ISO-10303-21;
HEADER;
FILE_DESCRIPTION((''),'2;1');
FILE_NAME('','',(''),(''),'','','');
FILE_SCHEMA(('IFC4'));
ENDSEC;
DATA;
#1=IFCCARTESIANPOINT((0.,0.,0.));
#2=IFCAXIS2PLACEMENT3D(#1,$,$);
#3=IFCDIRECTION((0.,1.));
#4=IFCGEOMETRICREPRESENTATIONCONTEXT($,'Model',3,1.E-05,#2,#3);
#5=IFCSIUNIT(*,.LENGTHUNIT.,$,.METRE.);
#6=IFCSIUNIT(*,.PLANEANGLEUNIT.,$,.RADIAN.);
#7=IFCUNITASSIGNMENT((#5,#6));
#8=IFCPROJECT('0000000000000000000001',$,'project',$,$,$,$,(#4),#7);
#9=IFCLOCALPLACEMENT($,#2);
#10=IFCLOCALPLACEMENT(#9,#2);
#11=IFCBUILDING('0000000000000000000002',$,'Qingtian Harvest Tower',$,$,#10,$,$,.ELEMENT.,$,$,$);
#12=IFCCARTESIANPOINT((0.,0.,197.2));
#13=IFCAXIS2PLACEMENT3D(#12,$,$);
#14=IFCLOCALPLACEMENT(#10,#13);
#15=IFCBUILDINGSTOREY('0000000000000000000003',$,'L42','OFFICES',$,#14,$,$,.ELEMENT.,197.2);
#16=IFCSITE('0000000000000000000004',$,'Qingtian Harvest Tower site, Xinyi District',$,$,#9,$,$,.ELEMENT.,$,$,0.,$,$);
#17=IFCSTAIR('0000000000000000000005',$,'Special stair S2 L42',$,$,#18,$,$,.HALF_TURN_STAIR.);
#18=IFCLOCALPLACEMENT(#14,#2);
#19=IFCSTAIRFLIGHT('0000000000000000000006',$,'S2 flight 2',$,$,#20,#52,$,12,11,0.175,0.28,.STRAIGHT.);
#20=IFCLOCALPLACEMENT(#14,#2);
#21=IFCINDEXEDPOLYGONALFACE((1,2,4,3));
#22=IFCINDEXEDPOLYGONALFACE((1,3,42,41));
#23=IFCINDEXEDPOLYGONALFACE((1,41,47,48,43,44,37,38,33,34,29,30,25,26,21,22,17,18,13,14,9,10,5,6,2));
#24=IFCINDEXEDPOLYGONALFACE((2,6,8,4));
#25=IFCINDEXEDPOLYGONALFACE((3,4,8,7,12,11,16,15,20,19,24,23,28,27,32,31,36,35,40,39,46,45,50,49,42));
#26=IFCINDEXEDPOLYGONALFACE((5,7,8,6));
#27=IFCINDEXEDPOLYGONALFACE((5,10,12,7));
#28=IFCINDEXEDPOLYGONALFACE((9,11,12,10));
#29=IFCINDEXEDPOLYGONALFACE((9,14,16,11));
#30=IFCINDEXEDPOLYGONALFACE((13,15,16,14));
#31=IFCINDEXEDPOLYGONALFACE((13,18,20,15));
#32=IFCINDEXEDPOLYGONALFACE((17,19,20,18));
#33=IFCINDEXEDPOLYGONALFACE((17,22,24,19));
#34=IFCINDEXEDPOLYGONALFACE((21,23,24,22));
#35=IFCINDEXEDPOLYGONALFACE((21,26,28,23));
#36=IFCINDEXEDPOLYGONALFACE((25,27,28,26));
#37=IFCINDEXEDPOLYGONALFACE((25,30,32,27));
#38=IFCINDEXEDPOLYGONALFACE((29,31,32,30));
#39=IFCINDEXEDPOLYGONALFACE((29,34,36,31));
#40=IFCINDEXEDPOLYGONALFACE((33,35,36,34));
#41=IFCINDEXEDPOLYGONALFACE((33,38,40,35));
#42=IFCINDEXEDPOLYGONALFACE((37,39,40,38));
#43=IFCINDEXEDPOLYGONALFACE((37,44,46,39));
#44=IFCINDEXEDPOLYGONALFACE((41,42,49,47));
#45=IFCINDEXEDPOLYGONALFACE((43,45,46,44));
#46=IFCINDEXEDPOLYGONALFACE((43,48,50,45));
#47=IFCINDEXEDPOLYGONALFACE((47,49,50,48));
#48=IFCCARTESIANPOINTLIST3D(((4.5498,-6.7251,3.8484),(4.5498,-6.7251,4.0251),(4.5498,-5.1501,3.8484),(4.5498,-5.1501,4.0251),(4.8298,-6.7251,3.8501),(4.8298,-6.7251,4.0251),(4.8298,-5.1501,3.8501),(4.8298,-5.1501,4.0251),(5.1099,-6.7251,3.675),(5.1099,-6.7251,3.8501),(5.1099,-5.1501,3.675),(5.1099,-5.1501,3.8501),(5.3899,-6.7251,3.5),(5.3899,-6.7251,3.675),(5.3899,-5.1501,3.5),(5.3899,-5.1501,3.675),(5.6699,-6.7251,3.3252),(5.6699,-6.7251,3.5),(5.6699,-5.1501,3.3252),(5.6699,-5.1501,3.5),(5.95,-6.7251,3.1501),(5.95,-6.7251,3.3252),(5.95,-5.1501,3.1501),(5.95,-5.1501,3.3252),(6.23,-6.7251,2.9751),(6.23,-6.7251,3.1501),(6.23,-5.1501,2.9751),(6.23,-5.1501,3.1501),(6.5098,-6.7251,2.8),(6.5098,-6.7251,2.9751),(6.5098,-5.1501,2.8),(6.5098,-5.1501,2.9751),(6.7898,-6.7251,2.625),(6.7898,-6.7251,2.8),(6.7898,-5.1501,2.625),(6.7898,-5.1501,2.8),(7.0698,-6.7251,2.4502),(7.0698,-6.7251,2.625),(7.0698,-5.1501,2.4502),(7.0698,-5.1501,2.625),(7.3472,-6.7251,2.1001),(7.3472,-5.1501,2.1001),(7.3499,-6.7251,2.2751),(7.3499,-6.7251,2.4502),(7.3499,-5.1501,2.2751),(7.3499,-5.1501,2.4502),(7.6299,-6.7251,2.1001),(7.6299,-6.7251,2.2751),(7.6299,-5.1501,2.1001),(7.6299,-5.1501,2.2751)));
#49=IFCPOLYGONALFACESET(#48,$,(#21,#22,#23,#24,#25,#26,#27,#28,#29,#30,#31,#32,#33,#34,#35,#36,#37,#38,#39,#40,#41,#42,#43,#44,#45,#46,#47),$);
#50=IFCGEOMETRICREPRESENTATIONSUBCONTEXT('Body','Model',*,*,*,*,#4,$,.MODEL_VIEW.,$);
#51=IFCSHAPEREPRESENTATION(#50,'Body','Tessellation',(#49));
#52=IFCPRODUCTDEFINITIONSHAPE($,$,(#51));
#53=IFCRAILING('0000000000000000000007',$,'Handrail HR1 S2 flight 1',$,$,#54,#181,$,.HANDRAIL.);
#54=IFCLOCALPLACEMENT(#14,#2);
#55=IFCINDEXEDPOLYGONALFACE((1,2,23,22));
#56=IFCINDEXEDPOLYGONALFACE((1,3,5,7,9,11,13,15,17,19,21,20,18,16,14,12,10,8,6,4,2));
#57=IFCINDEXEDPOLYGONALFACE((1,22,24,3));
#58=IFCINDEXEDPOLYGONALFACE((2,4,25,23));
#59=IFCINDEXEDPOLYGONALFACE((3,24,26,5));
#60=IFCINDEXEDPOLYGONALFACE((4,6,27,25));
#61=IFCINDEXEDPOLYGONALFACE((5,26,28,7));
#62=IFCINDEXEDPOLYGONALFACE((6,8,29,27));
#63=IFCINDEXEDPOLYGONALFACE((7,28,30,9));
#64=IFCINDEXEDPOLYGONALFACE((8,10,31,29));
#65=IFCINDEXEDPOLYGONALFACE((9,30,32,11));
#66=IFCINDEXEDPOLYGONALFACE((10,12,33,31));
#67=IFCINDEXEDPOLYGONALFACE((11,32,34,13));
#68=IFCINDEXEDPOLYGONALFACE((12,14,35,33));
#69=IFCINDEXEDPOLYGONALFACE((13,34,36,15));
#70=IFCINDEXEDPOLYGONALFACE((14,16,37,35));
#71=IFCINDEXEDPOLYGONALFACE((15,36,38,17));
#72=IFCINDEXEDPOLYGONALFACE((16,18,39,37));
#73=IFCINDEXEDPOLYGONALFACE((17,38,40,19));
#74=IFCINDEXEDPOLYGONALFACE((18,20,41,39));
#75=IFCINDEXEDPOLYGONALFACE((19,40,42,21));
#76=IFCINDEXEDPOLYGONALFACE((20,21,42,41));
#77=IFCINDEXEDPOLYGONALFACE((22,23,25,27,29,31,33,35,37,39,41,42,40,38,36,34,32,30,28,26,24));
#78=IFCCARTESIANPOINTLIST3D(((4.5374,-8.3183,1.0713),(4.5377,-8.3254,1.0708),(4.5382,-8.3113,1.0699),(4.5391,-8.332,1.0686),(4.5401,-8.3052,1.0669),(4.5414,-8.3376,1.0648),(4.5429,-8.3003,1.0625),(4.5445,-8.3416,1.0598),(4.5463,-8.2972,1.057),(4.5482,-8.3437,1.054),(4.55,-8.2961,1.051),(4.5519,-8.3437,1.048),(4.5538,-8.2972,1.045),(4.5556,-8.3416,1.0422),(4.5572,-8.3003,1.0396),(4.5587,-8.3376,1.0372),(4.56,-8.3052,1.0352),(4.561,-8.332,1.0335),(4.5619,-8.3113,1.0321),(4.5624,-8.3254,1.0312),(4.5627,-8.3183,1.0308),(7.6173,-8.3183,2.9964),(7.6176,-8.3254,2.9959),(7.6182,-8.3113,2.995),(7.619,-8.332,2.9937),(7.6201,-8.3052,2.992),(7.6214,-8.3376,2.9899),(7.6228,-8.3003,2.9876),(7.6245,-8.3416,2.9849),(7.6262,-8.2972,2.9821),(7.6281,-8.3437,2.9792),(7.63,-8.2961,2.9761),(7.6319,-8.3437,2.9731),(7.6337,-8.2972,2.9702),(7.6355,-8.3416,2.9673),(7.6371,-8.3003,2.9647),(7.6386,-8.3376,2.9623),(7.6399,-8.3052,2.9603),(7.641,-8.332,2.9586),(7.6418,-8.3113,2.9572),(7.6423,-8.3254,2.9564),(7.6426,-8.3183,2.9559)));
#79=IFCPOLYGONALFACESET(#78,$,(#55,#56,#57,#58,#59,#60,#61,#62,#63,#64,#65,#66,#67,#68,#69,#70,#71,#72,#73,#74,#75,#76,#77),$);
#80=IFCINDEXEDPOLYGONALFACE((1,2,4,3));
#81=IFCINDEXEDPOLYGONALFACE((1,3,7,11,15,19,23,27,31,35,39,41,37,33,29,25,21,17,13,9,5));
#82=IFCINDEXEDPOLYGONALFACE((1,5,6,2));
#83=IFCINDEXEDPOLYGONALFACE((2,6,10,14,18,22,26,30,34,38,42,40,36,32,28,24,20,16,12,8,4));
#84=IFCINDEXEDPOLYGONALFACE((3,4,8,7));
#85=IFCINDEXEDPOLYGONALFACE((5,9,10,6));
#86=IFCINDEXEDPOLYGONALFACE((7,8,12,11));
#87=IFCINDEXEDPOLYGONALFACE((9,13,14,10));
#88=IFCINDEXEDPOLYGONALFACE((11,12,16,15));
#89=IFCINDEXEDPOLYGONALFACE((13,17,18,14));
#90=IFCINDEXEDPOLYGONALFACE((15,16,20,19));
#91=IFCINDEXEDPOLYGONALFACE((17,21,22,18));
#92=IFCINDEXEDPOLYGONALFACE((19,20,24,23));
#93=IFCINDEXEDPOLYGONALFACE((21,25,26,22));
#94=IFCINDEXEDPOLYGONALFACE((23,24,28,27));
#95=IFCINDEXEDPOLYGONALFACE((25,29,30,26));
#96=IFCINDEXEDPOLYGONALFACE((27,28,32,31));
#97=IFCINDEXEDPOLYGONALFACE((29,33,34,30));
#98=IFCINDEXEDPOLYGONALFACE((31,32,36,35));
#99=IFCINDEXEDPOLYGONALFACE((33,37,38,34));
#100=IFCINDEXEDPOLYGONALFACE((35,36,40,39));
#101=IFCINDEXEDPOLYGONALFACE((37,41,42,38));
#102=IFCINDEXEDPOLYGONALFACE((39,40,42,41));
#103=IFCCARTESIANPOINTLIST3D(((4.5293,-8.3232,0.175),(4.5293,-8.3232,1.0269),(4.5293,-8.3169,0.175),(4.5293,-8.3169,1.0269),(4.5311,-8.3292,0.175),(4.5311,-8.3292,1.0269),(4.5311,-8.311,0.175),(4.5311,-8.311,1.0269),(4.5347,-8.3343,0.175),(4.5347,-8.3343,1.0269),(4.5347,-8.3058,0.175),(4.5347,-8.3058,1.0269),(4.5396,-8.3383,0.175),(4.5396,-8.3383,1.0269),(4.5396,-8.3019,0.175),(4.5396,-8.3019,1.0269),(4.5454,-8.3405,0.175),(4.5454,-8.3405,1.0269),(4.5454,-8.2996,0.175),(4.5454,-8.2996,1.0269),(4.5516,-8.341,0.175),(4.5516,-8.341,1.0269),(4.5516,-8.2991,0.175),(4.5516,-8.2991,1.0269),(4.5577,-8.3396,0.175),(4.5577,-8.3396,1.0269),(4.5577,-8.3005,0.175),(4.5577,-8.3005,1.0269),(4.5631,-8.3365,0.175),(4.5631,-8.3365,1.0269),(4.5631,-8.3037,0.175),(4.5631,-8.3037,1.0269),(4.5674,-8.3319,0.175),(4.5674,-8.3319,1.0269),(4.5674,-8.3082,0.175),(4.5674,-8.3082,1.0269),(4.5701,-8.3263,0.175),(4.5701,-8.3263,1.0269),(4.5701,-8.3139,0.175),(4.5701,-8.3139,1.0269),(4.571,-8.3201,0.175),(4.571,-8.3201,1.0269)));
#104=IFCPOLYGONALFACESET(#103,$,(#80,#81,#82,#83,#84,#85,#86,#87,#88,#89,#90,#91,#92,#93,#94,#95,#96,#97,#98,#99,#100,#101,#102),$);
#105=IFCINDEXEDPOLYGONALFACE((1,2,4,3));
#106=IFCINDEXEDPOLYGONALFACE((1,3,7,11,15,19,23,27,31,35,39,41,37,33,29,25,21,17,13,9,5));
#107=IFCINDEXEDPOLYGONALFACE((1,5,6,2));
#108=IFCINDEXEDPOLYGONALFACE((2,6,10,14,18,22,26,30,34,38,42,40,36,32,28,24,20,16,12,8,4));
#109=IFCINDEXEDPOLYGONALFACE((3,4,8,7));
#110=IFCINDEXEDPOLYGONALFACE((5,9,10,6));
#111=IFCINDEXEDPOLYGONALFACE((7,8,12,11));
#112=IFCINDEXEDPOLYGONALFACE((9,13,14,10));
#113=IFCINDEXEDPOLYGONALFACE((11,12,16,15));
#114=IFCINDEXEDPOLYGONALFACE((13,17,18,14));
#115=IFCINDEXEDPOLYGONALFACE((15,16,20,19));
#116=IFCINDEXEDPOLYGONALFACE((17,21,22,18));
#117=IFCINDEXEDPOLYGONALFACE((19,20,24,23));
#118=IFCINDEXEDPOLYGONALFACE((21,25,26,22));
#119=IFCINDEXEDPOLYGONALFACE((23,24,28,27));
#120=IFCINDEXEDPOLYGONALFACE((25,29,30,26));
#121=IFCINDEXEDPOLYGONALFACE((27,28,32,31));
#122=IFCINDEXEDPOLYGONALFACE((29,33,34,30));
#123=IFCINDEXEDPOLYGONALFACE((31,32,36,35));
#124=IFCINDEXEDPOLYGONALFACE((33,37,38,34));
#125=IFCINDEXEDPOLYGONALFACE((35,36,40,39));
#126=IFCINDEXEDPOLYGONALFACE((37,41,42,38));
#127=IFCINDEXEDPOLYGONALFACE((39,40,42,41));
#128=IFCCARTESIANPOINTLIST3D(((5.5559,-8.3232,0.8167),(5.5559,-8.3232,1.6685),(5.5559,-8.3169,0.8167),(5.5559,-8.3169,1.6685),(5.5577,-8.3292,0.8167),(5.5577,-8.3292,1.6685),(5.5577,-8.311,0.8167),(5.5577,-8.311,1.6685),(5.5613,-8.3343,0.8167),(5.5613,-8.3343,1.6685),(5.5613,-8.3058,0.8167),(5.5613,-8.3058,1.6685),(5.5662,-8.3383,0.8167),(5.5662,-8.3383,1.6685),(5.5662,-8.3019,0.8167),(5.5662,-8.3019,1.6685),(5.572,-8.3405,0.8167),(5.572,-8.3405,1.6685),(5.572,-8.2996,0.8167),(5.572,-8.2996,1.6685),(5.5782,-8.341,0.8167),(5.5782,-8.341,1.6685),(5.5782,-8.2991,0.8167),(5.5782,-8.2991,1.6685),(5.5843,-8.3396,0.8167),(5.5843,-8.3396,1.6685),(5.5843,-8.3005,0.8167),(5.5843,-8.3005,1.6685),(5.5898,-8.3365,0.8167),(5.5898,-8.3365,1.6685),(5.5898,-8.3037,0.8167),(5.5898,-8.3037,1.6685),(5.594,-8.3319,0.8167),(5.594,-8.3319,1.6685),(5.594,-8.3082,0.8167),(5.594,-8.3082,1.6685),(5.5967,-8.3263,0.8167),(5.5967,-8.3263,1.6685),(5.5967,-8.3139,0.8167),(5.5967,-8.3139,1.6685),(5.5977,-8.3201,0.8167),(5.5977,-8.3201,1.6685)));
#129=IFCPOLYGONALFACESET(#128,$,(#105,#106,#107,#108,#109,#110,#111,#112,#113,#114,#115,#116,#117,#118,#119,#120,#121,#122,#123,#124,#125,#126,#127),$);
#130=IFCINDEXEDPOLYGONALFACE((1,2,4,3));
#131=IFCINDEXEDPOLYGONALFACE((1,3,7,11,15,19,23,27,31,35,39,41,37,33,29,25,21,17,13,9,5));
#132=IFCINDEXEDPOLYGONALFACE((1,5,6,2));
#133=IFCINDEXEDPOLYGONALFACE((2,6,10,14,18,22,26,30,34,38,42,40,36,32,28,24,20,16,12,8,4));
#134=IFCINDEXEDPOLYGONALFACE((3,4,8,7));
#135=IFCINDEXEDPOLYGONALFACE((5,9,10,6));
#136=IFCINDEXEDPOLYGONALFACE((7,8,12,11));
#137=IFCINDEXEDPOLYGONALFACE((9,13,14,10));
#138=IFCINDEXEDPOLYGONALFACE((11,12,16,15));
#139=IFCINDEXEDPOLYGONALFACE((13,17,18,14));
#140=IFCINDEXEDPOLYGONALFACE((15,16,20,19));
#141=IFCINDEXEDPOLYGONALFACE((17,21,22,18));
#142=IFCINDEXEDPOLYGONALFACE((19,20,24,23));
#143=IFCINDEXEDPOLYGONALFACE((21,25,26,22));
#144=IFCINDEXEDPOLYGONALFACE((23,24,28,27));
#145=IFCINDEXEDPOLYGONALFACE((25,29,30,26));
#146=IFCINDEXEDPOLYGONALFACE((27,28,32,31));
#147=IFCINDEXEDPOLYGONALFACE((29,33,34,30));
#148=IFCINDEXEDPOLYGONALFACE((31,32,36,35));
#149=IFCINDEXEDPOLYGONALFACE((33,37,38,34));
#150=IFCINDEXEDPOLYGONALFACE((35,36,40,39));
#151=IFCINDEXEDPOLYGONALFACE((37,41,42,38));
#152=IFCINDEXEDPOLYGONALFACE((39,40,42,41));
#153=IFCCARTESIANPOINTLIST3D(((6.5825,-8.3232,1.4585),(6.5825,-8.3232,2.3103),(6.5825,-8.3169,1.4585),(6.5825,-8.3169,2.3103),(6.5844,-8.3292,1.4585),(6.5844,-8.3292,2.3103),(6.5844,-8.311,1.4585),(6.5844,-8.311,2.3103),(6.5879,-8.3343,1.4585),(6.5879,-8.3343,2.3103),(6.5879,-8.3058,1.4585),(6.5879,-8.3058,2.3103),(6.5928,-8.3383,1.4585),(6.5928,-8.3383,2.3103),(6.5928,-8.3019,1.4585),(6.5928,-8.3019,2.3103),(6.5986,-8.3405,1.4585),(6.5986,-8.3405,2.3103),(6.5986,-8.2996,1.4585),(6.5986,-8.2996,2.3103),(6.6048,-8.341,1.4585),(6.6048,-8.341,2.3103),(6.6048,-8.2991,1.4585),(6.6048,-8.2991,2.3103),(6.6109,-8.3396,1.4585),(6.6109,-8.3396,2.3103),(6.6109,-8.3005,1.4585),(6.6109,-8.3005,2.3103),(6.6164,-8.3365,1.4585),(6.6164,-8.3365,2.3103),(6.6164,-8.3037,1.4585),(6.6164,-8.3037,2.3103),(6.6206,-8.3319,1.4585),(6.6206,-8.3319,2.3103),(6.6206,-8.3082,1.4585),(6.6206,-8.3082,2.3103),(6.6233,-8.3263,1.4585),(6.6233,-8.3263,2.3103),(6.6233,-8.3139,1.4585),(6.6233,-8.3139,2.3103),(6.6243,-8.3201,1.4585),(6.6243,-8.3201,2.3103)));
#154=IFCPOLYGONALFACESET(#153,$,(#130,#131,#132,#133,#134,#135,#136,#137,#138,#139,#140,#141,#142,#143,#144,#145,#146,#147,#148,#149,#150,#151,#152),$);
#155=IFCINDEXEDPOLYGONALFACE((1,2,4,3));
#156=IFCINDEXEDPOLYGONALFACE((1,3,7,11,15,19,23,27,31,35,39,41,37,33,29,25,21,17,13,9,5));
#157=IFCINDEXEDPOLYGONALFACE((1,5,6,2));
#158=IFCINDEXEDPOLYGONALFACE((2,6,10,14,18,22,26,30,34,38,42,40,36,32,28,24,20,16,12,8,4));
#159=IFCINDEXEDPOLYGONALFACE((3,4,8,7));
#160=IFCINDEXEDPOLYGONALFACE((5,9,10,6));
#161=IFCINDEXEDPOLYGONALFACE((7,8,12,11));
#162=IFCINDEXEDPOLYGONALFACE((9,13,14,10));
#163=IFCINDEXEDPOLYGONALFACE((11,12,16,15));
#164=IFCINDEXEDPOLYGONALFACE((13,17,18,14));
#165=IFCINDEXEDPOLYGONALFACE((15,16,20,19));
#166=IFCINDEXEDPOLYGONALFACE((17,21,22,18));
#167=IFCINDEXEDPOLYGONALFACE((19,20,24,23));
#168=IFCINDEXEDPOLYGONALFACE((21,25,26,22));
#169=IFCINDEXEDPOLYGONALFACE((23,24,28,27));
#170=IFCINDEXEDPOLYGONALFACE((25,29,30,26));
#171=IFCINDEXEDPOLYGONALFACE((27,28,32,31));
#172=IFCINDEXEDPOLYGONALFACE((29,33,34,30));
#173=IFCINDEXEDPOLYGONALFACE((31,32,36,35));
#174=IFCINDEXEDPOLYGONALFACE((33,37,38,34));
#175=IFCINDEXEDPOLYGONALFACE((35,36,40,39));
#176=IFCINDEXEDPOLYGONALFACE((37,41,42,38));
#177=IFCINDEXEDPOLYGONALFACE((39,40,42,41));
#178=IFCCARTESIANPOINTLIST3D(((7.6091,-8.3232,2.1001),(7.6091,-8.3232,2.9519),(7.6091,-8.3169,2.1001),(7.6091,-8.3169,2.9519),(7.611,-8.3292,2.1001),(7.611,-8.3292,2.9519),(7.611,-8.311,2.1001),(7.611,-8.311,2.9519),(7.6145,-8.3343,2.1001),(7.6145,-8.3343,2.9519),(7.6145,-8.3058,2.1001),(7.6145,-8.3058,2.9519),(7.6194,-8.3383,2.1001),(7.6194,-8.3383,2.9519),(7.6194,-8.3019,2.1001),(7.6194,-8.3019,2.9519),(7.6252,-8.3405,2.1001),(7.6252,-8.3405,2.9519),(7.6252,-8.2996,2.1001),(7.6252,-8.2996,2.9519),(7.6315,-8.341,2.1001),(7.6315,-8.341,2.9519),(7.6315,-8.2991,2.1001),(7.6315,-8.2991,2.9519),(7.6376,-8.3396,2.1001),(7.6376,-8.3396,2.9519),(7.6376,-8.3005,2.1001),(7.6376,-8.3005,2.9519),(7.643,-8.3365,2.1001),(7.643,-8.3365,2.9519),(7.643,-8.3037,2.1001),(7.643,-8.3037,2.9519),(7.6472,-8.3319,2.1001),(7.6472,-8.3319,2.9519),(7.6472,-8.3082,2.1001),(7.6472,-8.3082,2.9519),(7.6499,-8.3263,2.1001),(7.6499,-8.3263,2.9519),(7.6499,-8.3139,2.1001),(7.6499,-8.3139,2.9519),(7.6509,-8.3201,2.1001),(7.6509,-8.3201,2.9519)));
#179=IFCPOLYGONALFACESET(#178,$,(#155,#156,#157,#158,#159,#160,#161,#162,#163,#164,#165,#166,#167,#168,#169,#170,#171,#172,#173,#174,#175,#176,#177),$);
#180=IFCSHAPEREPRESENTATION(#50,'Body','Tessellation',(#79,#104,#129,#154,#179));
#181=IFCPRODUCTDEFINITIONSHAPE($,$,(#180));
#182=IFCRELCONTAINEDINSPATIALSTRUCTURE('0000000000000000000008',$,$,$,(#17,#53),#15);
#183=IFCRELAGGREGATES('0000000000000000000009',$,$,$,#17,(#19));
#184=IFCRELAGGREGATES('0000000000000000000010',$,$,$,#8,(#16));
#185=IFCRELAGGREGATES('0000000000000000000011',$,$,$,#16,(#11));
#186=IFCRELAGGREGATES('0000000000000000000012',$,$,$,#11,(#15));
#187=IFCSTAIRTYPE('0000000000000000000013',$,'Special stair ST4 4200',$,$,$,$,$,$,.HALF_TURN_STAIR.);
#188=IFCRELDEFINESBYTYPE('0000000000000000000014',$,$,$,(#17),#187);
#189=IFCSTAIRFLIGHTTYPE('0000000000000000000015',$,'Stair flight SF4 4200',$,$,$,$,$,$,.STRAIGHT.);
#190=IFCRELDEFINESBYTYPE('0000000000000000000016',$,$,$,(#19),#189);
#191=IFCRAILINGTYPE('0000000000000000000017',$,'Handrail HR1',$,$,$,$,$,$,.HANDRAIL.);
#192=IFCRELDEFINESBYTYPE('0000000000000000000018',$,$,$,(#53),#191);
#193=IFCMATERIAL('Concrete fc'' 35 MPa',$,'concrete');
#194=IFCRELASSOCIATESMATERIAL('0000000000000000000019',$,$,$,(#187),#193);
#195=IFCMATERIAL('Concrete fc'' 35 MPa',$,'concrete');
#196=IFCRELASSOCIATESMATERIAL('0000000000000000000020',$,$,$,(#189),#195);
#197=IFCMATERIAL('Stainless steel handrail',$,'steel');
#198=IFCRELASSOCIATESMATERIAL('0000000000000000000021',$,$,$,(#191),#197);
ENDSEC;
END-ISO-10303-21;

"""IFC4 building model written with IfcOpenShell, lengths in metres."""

from ifc_helpers import new_model, si_unit, direction, frame, origin, origin_2d, place, context, subcontext, project, spatial, polyline, circle, outline, extrude, material, type_object, element, aggregate, save


model = new_model("IFC4")

# Units and contexts
model_context = context("Model", 3, precision=1e-05, world=origin(), true_north=direction((0.0, 1.0)))
body_context = subcontext(model_context, "Body", "Model", "MODEL_VIEW")
ifc_project = project(units=[si_unit("LENGTHUNIT", "METRE"), si_unit("PLANEANGLEUNIT", "RADIAN")], contexts=[model_context])

# Site, building, storey
site_placement = place(None, origin())
site = spatial("IfcSite", under=ifc_project, at=site_placement, Name="Qingtian Harvest Tower site, Xinyi District", CompositionType="ELEMENT", RefElevation=0.0)
building_placement = place(site_placement, origin())
building = spatial("IfcBuilding", under=site, at=building_placement, Name="Qingtian Harvest Tower", CompositionType="ELEMENT")
storey_placement = place(building_placement, frame((0.0, 0.0, 197.2)))
storey = spatial("IfcBuildingStorey", under=building, at=storey_placement, Name="L42", Description="OFFICES", CompositionType="ELEMENT", Elevation=197.2)

# Stair, stair flight
ifc_material_1 = material(Name="Concrete fc' 35 MPa", Category="concrete")
stair_type = type_object("IfcStairType", Name="Special stair ST4 4200", PredefinedType="HALF_TURN_STAIR", material=ifc_material_1)
stair_placement = place(storey_placement, origin())
stair = element("IfcStair", 1, at=stair_placement, inside=storey, type_object=stair_type, Name="Special stair S2 L42", PredefinedType="HALF_TURN_STAIR")
ifc_material_2 = material(Name="Concrete fc' 35 MPa", Category="concrete")
stair_flight_type = type_object("IfcStairFlightType", Name="Stair flight SF4 4200", PredefinedType="STRAIGHT", material=ifc_material_2)
stair_flight_1_placement = place(storey_placement, frame((7.6299, -5.9375, 2.1001), z_axis=(0.0, 0.0, 1.0), x_axis=(-1.0, 0.0, 0.0)))
stair_flight_1 = element("IfcStairFlight", 2, at=stair_flight_1_placement, type_object=stair_flight_type, Name="S2 flight 2", NumberOfRisers=12, NumberOfTreads=11, PredefinedType="STRAIGHT", RiserHeight=0.175, TreadLength=0.28, context=body_context, shape_type="SweptSolid", body=[
    extrude(outline(polyline([(0.0, 0.0), (0.0, 0.175), (0.28, 0.175), (0.28, 0.3501), (0.5601, 0.3501), (0.5601, 0.5249), (0.8401, 0.5249), (0.8401, 0.7), (1.1201, 0.7), (1.1201, 0.875), (1.3999, 0.875), (1.3999, 1.05), (1.6799, 1.05), (1.6799, 1.2251), (1.96, 1.2251), (1.96, 1.3999), (2.24, 1.3999), (2.24, 1.575), (2.52, 1.575), (2.52, 1.75), (2.8, 1.75), (2.8, 1.925), (3.0801, 1.925), (3.0801, 2.1001), (3.0801, 1.7483), (0.2827, 0.0), (0.0, 0.0)])), frame((0.0, 0.7876, 0.0), z_axis=(0.0, -1.0, 0.0), x_axis=(1.0, 0.0, 0.0)), (0.0, 0.0, 1.0), 1.575),
])
aggregate(stair, [stair_flight_1])

# Railing
ifc_material_3 = material(Name="Stainless steel handrail", Category="steel")
railing_type = type_object("IfcRailingType", Name="Handrail HR1", PredefinedType="HANDRAIL", material=ifc_material_3)
railing_1_placement = place(storey_placement, frame((4.55, -8.3201, 0.175)))
element("IfcRailing", 3, at=railing_1_placement, inside=storey, type_object=railing_type, Name="Handrail HR1 S2 flight 1", PredefinedType="HANDRAIL", context=body_context, shape_type="SweptSolid", body=[
    extrude(circle(Radius=0.0239, at=origin_2d()), frame((0.0, 0.0, 0.876), z_axis=(0.847979, 0.0, 0.530029), x_axis=(0.0, 1.0, 0.0)), (0.0, 0.0, 1.0), 3.6321),
    extrude(circle(Radius=0.021, at=origin_2d()), origin(), (0.0, 0.0, 1.0), 0.8518),
    extrude(circle(Radius=0.021, at=origin_2d()), frame((1.0266, 0.0, 0.6416)), (0.0, 0.0, 1.0), 0.8518),
    extrude(circle(Radius=0.021, at=origin_2d()), frame((2.0532, 0.0, 1.2834)), (0.0, 0.0, 1.0), 0.8518),
    extrude(circle(Radius=0.021, at=origin_2d()), frame((3.0798, 0.0, 1.925)), (0.0, 0.0, 1.0), 0.8518),
])

save(model, "model.ifc")
